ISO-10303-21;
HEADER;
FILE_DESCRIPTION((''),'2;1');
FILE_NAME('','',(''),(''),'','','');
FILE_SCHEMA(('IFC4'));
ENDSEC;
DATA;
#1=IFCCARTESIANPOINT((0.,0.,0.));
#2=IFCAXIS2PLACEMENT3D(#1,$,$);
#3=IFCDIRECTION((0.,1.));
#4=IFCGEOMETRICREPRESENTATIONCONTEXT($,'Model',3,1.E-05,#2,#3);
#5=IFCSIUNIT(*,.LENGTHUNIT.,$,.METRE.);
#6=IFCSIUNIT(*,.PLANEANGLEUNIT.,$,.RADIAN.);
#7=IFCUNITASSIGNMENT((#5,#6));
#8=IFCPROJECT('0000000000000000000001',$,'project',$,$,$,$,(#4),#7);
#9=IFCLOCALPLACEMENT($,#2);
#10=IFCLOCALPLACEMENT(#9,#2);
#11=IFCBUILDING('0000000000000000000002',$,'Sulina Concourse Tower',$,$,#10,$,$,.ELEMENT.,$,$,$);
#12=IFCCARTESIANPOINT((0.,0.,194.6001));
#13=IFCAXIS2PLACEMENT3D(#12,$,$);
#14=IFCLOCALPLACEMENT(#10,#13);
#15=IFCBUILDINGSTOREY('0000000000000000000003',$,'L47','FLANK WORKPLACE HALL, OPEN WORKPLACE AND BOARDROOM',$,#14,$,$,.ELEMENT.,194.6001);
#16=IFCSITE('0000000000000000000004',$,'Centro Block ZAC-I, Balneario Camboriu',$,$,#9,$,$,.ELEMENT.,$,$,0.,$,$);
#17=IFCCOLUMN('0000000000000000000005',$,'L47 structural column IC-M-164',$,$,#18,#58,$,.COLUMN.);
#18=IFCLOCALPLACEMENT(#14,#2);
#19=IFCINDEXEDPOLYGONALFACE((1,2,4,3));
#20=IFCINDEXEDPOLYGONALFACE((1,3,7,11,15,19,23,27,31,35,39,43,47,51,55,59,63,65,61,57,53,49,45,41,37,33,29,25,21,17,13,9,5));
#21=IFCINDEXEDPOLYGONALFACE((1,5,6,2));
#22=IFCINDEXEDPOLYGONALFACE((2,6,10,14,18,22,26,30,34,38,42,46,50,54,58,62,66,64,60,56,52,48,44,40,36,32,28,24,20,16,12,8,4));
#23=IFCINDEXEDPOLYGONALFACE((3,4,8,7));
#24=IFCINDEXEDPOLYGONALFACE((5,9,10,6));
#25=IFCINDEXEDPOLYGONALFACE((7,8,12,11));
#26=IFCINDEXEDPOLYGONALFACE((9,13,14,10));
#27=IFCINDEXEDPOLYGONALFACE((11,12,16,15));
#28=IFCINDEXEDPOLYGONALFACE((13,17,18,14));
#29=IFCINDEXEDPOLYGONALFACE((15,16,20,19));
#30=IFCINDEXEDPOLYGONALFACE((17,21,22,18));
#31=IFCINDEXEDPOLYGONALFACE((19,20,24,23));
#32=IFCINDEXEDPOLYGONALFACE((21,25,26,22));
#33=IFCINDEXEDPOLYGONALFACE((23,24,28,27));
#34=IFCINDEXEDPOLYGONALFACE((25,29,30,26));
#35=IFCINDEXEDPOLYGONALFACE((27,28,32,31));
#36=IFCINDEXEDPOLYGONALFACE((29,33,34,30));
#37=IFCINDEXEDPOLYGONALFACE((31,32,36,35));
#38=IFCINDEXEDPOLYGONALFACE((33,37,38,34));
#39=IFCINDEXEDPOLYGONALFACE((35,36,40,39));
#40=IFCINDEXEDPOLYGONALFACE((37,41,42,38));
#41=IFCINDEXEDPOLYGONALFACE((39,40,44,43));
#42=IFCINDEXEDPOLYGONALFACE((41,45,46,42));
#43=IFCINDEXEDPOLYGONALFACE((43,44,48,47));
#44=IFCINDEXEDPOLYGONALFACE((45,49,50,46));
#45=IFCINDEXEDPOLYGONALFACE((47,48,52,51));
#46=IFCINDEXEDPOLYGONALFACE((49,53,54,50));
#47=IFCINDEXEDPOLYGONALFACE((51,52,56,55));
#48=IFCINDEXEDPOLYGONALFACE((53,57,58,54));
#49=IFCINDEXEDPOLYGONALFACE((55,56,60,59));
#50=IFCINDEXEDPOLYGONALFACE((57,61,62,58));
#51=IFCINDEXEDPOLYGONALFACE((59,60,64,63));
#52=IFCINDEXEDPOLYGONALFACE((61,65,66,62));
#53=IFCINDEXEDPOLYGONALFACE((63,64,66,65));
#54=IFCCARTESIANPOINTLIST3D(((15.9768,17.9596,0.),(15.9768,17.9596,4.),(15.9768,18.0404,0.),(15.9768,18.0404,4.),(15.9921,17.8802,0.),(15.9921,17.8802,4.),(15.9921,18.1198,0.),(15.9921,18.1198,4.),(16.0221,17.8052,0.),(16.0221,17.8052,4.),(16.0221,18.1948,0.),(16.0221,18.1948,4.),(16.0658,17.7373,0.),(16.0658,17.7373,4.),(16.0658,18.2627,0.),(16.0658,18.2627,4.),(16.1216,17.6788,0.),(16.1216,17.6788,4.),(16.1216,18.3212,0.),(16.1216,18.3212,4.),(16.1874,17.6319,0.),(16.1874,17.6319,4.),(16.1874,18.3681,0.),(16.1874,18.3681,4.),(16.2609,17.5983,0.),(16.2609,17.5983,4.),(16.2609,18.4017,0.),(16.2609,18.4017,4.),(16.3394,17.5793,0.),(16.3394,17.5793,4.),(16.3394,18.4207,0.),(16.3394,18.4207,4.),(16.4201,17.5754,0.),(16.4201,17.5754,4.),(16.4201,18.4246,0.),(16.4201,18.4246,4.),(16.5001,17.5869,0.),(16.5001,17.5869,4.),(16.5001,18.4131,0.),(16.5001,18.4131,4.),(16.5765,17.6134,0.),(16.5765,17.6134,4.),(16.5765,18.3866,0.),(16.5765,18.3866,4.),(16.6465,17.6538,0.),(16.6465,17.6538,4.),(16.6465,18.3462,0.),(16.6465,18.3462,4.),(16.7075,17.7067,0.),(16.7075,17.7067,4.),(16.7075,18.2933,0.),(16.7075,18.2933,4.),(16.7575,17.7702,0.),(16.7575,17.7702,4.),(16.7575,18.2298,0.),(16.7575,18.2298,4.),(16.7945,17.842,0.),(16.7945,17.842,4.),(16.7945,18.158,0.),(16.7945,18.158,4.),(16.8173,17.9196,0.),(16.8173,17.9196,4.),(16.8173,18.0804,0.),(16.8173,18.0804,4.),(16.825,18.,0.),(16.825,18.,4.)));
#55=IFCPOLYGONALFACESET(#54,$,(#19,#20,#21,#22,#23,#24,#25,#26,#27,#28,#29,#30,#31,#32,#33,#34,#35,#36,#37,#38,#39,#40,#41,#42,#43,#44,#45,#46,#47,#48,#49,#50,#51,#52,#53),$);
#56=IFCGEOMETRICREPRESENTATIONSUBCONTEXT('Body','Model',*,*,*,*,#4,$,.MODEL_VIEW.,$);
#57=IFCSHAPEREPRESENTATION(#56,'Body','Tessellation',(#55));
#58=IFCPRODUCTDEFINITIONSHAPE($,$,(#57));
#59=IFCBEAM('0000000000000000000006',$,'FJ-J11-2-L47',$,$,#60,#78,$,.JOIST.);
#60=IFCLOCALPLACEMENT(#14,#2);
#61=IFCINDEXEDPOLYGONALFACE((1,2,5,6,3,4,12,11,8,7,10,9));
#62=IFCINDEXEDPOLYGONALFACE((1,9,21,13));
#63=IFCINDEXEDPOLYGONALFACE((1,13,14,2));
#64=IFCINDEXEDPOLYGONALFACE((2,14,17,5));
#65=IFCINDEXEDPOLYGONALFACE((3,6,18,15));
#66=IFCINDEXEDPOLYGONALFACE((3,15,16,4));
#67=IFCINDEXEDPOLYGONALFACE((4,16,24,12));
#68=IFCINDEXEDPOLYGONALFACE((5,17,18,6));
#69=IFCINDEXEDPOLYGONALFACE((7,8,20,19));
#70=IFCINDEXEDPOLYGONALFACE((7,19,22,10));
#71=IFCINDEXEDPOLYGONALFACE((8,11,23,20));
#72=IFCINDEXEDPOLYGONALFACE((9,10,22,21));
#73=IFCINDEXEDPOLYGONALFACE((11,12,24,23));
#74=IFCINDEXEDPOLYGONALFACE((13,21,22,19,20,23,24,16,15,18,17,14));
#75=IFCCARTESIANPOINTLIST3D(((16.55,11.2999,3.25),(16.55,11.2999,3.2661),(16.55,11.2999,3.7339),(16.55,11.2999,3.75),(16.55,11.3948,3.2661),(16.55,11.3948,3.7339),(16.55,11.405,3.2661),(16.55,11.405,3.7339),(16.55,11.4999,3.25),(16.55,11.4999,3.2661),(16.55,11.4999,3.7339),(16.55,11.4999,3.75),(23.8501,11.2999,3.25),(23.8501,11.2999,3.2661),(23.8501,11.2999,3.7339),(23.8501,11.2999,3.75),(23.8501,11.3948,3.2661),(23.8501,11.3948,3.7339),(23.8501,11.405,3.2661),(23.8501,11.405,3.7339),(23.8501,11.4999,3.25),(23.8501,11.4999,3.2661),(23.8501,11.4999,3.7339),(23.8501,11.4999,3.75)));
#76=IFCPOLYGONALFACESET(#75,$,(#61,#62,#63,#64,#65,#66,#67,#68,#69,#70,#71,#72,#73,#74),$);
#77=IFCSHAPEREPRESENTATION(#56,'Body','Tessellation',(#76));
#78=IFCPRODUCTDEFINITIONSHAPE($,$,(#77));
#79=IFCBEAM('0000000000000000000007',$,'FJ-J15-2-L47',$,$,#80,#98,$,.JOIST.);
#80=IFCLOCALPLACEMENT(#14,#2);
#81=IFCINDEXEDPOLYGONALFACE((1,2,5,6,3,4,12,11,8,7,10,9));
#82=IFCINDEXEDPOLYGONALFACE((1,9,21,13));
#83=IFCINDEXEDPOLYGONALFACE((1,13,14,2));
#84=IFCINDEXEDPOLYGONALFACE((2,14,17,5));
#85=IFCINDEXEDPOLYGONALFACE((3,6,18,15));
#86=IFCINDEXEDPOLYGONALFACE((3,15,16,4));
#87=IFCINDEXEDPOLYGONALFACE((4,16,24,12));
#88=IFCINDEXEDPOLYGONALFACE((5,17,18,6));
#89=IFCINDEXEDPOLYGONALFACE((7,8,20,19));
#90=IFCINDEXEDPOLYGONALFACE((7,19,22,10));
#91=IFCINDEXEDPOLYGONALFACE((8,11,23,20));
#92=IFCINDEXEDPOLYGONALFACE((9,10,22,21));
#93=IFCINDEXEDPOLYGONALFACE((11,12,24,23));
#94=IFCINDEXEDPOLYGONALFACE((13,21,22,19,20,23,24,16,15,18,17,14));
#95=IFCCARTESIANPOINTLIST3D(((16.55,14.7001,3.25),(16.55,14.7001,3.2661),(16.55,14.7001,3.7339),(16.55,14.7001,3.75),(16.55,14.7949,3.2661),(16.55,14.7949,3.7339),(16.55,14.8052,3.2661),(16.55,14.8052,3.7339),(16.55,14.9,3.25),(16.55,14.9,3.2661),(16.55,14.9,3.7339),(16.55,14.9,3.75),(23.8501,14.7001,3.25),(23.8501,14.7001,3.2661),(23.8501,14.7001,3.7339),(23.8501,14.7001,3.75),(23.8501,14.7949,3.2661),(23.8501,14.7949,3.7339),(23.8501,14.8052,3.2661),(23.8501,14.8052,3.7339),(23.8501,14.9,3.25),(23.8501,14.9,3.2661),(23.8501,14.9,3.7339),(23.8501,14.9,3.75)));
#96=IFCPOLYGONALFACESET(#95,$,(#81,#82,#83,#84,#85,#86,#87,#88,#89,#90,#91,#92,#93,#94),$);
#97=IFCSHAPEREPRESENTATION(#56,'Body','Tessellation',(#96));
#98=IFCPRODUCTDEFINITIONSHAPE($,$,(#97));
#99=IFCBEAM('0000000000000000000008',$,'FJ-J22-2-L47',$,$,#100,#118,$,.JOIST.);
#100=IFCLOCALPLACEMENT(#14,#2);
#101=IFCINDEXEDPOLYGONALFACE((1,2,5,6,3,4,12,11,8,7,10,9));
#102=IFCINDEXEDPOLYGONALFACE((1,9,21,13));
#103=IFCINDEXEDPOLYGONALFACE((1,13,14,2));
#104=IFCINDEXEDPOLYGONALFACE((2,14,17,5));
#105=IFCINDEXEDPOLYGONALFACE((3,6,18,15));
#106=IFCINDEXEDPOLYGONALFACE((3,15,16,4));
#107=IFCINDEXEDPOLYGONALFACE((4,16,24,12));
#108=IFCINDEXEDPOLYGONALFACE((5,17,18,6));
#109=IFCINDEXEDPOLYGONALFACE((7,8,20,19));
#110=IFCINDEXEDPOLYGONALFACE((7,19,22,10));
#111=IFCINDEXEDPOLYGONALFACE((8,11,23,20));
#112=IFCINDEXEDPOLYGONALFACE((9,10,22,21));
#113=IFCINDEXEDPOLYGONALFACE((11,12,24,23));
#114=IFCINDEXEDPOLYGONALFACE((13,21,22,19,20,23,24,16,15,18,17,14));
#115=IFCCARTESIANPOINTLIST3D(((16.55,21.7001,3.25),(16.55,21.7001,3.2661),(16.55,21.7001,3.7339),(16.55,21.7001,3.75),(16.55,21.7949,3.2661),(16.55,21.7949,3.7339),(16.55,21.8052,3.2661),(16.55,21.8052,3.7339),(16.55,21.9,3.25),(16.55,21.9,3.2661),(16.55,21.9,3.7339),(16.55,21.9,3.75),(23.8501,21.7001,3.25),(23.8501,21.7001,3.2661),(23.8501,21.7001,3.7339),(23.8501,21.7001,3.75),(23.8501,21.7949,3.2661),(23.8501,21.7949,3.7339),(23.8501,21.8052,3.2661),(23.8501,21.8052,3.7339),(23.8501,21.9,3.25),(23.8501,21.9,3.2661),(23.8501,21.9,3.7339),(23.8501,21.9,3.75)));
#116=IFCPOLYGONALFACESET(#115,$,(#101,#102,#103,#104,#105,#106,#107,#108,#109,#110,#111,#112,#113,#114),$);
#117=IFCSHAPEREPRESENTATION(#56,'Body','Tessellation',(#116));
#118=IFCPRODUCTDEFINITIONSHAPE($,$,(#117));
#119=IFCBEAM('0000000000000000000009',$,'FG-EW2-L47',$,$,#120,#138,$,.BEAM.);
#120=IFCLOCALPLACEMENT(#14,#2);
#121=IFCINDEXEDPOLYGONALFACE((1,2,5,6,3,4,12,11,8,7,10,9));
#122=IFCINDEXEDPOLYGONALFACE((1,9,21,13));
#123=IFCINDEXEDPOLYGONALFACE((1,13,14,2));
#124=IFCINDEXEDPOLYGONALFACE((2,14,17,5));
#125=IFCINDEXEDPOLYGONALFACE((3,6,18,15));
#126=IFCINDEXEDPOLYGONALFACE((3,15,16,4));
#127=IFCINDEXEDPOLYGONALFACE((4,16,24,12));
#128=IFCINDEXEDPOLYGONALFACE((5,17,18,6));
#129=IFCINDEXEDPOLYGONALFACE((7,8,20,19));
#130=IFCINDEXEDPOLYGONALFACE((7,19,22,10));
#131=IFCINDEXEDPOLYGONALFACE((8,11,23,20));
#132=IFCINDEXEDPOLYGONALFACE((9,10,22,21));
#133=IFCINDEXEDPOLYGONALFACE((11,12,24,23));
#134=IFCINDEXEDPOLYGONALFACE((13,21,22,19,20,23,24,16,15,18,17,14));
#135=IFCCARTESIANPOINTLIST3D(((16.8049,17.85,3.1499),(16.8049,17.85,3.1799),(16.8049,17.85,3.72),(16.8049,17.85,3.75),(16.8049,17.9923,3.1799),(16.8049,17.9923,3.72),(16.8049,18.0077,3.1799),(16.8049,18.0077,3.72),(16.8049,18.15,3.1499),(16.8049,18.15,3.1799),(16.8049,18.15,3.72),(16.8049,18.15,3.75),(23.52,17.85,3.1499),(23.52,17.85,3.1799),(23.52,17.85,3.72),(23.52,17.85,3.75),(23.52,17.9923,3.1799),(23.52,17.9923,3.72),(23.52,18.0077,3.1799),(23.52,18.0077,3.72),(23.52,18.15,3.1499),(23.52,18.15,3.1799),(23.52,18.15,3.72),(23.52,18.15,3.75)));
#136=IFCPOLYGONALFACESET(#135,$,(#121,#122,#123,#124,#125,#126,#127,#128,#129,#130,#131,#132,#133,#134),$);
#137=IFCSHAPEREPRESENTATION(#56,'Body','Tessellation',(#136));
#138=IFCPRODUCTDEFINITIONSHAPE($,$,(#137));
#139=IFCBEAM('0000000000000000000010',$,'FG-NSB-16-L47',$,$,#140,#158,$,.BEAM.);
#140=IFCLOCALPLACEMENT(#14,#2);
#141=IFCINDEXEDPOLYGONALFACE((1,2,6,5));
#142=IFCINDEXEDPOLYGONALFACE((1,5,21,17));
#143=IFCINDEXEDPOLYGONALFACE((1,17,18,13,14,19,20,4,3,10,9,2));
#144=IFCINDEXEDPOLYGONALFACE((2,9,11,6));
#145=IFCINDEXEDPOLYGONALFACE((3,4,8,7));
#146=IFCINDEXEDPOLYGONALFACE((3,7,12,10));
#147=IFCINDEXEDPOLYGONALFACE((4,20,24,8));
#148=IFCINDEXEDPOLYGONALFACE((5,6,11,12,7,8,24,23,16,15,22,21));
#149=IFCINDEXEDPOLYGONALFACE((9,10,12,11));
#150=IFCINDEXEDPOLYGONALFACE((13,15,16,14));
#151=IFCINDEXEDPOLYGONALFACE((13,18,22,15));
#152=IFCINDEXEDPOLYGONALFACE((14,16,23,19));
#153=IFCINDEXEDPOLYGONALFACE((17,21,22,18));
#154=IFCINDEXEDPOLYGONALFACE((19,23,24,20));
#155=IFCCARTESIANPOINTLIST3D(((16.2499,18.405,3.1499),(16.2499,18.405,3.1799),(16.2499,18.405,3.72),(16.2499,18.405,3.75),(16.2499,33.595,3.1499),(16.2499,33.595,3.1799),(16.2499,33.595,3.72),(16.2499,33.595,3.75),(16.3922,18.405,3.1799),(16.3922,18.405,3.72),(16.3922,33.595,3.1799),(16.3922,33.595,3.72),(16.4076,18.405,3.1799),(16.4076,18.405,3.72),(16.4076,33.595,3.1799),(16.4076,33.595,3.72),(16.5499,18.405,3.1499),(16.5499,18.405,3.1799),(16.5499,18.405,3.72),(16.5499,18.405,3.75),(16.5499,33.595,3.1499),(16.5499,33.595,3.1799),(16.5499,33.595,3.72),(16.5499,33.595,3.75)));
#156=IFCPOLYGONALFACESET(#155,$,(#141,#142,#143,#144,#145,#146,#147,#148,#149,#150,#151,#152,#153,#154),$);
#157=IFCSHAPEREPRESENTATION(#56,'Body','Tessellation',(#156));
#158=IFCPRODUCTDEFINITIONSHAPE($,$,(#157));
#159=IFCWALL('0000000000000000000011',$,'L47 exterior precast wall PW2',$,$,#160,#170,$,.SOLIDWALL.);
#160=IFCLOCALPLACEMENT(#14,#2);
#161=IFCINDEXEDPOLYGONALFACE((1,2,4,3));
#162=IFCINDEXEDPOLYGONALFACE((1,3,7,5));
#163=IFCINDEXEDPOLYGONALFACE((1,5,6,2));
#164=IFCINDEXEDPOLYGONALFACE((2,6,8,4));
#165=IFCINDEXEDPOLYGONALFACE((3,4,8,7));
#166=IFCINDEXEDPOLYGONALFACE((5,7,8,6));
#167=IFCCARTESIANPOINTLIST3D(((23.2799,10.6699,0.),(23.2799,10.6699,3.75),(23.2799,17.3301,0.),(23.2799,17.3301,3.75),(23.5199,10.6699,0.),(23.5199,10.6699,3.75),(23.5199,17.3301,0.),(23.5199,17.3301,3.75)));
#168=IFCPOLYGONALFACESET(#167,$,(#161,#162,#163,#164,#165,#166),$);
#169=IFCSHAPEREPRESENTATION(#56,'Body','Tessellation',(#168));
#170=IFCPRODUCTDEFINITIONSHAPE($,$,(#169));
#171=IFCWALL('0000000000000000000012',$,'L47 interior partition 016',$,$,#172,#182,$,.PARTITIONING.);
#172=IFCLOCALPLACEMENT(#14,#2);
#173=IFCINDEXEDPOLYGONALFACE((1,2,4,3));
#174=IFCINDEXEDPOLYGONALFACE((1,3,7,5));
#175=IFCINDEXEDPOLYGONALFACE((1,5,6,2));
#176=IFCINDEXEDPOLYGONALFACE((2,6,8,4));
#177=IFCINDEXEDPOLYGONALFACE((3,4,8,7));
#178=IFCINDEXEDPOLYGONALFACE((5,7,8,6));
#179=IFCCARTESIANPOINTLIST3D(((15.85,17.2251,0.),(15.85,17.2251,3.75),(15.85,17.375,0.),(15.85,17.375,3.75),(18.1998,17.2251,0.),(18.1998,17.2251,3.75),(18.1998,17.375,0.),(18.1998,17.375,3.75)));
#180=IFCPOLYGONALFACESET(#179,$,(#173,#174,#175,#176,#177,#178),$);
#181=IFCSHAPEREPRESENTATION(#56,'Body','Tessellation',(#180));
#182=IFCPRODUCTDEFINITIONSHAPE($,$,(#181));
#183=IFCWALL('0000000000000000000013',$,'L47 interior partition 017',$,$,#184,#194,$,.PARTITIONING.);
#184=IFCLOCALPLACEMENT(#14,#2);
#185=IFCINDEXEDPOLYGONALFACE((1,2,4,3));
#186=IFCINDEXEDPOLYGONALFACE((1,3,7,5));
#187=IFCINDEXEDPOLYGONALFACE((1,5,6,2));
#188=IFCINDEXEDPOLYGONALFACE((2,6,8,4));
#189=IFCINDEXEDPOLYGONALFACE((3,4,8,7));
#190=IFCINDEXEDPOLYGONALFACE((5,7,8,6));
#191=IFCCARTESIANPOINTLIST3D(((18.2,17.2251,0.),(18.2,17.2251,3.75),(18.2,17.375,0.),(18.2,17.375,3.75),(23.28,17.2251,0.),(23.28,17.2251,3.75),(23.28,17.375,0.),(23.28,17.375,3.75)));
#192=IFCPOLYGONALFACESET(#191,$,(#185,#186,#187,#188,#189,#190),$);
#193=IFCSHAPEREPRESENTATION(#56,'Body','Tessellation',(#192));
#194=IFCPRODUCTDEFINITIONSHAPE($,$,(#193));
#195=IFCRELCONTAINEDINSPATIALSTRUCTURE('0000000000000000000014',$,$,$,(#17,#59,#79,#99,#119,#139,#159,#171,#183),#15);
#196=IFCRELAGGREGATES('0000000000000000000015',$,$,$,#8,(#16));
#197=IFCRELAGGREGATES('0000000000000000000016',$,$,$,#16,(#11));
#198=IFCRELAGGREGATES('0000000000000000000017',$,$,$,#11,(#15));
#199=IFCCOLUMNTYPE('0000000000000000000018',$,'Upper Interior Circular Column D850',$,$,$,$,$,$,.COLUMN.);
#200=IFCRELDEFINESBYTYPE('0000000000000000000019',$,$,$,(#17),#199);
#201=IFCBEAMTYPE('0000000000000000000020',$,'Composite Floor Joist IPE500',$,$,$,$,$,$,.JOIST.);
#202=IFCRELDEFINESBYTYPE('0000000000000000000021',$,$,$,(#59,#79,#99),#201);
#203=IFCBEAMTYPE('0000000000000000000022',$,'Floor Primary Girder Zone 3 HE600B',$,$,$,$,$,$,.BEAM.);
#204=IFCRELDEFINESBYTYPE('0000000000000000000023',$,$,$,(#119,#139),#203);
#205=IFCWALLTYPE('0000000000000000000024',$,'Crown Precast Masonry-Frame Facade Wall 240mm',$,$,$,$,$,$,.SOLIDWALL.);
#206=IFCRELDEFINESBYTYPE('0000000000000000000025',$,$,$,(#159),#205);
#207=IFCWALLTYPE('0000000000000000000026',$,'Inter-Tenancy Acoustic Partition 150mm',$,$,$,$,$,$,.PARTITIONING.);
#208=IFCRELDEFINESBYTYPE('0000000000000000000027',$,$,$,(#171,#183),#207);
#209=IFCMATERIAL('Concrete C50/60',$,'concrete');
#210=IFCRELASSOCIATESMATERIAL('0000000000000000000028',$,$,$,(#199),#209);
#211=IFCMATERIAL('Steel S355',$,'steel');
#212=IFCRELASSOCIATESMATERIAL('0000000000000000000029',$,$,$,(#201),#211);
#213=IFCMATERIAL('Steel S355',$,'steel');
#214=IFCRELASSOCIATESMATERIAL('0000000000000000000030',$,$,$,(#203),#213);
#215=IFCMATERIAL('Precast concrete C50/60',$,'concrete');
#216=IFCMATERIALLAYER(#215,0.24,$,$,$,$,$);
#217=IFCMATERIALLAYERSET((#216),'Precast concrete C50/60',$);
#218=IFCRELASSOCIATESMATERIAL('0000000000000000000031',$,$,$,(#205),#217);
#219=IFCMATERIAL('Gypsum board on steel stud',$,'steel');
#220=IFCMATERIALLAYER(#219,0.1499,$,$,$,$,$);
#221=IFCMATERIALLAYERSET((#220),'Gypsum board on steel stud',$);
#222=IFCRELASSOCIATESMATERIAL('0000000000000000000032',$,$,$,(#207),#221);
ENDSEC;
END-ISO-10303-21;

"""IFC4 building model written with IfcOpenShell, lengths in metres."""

from ifc_helpers import new_model, si_unit, direction, frame, frame_2d, origin, origin_2d, place, context, subcontext, project, spatial, rectangle, circle, i_section, extrude, material, layer, layer_set, material_profile, profile_set, type_object, element, save


model = new_model("IFC4")

# Units and contexts
model_context = context("Model", 3, precision=1e-05, world=origin(), true_north=direction((0.0, 1.0)))
body_context = subcontext(model_context, "Body", "Model", "MODEL_VIEW")
ifc_project = project(units=[si_unit("LENGTHUNIT", "METRE"), si_unit("PLANEANGLEUNIT", "RADIAN")], contexts=[model_context])

# Site, building, storey
site_placement = place(None, origin())
site = spatial("IfcSite", under=ifc_project, at=site_placement, Name="Centro Block ZAC-I, Balneario Camboriu", CompositionType="ELEMENT", RefElevation=0.0)
building_placement = place(site_placement, origin())
building = spatial("IfcBuilding", under=site, at=building_placement, Name="Sulina Concourse Tower", CompositionType="ELEMENT")
storey_placement = place(building_placement, frame((0.0, 0.0, 194.6001)))
storey = spatial("IfcBuildingStorey", under=building, at=storey_placement, Name="L47", Description="FLANK WORKPLACE HALL, OPEN WORKPLACE AND BOARDROOM", CompositionType="ELEMENT", Elevation=194.6001)

# Column
ifc_material_1 = material(Name="Concrete C50/60", Category="concrete")
ifc_material_profile_1 = material_profile(ifc_material_1, circle(Radius=0.425, at=origin_2d()), Name="RC D850")
ifc_profile_set_1 = profile_set([ifc_material_profile_1], Name="Concrete C50/60")
column_type = type_object("IfcColumnType", Name="Upper Interior Circular Column D850", PredefinedType="COLUMN", material=ifc_profile_set_1)
column_placement = place(storey_placement, frame((16.3999, 18.0, 0.0), z_axis=(0.0, 0.0, 1.0), x_axis=(1.0, 0.0, 0.0)))
element("IfcColumn", 1, at=column_placement, inside=storey, type_object=column_type, Name="L47 structural column IC-M-164", PredefinedType="COLUMN", context=body_context, shape_type="SweptSolid", body=[
    extrude(circle(Radius=0.425, at=origin_2d()), origin(), (0.0, 0.0, 1.0), 4.0),
])

# Beams
ifc_material_2 = material(Name="Steel S355", Category="steel")
ifc_material_profile_2 = material_profile(ifc_material_2, i_section(OverallWidth=0.2, OverallDepth=0.5, WebThickness=0.0103, FlangeThickness=0.0161, at=origin_2d()), Name="IPE 500")
ifc_profile_set_2 = profile_set([ifc_material_profile_2], Name="Steel S355")
beam_type_1 = type_object("IfcBeamType", Name="Composite Floor Joist IPE500", PredefinedType="JOIST", material=ifc_profile_set_2)
for number, where, z_axis, x_axis, name in (
    (2, (16.55, 11.3999, 3.5), (1.0, 0.0, 0.0), (0.0, 1.0, 0.0), "FJ-J11-2-L47"),
    (3, (16.55, 14.8, 3.5), (1.0, 0.0, 0.0), (0.0, 1.0, 0.0), "FJ-J15-2-L47"),
    (4, (16.55, 21.8, 3.5), (1.0, 0.0, 0.0), (0.0, 1.0, 0.0), "FJ-J22-2-L47"),
):
    element("IfcBeam", number, at=place(storey_placement, frame(where, z_axis=z_axis, x_axis=x_axis)), inside=storey, type_object=beam_type_1, Name=name, PredefinedType="JOIST", context=body_context, shape_type="SweptSolid", body=[
        extrude(i_section(OverallWidth=0.2, OverallDepth=0.5, WebThickness=0.0103, FlangeThickness=0.0161, at=origin_2d()), origin(), (0.0, 0.0, 1.0), 7.3),
    ])
ifc_material_3 = material(Name="Steel S355", Category="steel")
ifc_material_profile_3 = material_profile(ifc_material_3, i_section(OverallWidth=0.3, OverallDepth=0.6001, WebThickness=0.0154, FlangeThickness=0.03, at=origin_2d()), Name="HE 600 B")
ifc_profile_set_3 = profile_set([ifc_material_profile_3], Name="Steel S355")
beam_type_2 = type_object("IfcBeamType", Name="Floor Primary Girder Zone 3 HE600B", PredefinedType="BEAM", material=ifc_profile_set_3)
beam_1_placement = place(storey_placement, frame((16.8049, 18.0, 3.45), z_axis=(1.0, 0.0, 0.0), x_axis=(0.0, 1.0, 0.0)))
element("IfcBeam", 5, at=beam_1_placement, inside=storey, type_object=beam_type_2, Name="FG-EW2-L47", PredefinedType="BEAM", context=body_context, shape_type="SweptSolid", body=[
    extrude(i_section(OverallWidth=0.3, OverallDepth=0.6001, WebThickness=0.0154, FlangeThickness=0.03, at=origin_2d()), origin(), (0.0, 0.0, 1.0), 6.7151),
])
beam_2_placement = place(storey_placement, frame((16.3999, 18.405, 3.45), z_axis=(0.0, 1.0, 0.0), x_axis=(-1.0, 0.0, 0.0)))
element("IfcBeam", 6, at=beam_2_placement, inside=storey, type_object=beam_type_2, Name="FG-NSB-16-L47", PredefinedType="BEAM", context=body_context, shape_type="SweptSolid", body=[
    extrude(i_section(OverallWidth=0.3, OverallDepth=0.6001, WebThickness=0.0154, FlangeThickness=0.03, at=origin_2d()), origin(), (0.0, 0.0, 1.0), 15.1899),
])

# Walls
ifc_material_4 = material(Name="Precast concrete C50/60", Category="concrete")
ifc_layer_1 = layer(ifc_material_4, 0.24)
ifc_layer_set_1 = layer_set([ifc_layer_1], Name="Precast concrete C50/60")
wall_type_1 = type_object("IfcWallType", Name="Crown Precast Masonry-Frame Facade Wall 240mm", PredefinedType="SOLIDWALL", material=ifc_layer_set_1)
wall_1_placement = place(storey_placement, frame((23.3999, 17.3301, 0.0), z_axis=(0.0, 0.0, 1.0), x_axis=(0.0, -1.0, 0.0)))
element("IfcWall", 7, at=wall_1_placement, inside=storey, type_object=wall_type_1, Name="L47 exterior precast wall PW2", PredefinedType="SOLIDWALL", context=body_context, shape_type="SweptSolid", body=[
    extrude(rectangle(XDim=6.6602, YDim=0.24, at=frame_2d((3.3301, 0.0))), origin(), (0.0, 0.0, 1.0), 3.75),
])
ifc_material_5 = material(Name="Gypsum board on steel stud", Category="steel")
ifc_layer_2 = layer(ifc_material_5, 0.1499)
ifc_layer_set_2 = layer_set([ifc_layer_2], Name="Gypsum board on steel stud")
wall_type_2 = type_object("IfcWallType", Name="Inter-Tenancy Acoustic Partition 150mm", PredefinedType="PARTITIONING", material=ifc_layer_set_2)
wall_2_placement = place(storey_placement, frame((15.8501, 17.3, 0.0), z_axis=(0.0, 0.0, 1.0), x_axis=(1.0, 0.0, 0.0)))
element("IfcWall", 8, at=wall_2_placement, inside=storey, type_object=wall_type_2, Name="L47 interior partition 016", PredefinedType="PARTITIONING", context=body_context, shape_type="SweptSolid", body=[
    extrude(rectangle(XDim=2.3499, YDim=0.1499, at=frame_2d((1.1748, 0.0))), origin(), (0.0, 0.0, 1.0), 3.75),
])
wall_3_placement = place(storey_placement, frame((18.2, 17.3, 0.0), z_axis=(0.0, 0.0, 1.0), x_axis=(1.0, 0.0, 0.0)))
element("IfcWall", 9, at=wall_3_placement, inside=storey, type_object=wall_type_2, Name="L47 interior partition 017", PredefinedType="PARTITIONING", context=body_context, shape_type="SweptSolid", body=[
    extrude(rectangle(XDim=5.0801, YDim=0.1499, at=frame_2d((2.54, 0.0))), origin(), (0.0, 0.0, 1.0), 3.75),
])

save(model, "model.ifc")
